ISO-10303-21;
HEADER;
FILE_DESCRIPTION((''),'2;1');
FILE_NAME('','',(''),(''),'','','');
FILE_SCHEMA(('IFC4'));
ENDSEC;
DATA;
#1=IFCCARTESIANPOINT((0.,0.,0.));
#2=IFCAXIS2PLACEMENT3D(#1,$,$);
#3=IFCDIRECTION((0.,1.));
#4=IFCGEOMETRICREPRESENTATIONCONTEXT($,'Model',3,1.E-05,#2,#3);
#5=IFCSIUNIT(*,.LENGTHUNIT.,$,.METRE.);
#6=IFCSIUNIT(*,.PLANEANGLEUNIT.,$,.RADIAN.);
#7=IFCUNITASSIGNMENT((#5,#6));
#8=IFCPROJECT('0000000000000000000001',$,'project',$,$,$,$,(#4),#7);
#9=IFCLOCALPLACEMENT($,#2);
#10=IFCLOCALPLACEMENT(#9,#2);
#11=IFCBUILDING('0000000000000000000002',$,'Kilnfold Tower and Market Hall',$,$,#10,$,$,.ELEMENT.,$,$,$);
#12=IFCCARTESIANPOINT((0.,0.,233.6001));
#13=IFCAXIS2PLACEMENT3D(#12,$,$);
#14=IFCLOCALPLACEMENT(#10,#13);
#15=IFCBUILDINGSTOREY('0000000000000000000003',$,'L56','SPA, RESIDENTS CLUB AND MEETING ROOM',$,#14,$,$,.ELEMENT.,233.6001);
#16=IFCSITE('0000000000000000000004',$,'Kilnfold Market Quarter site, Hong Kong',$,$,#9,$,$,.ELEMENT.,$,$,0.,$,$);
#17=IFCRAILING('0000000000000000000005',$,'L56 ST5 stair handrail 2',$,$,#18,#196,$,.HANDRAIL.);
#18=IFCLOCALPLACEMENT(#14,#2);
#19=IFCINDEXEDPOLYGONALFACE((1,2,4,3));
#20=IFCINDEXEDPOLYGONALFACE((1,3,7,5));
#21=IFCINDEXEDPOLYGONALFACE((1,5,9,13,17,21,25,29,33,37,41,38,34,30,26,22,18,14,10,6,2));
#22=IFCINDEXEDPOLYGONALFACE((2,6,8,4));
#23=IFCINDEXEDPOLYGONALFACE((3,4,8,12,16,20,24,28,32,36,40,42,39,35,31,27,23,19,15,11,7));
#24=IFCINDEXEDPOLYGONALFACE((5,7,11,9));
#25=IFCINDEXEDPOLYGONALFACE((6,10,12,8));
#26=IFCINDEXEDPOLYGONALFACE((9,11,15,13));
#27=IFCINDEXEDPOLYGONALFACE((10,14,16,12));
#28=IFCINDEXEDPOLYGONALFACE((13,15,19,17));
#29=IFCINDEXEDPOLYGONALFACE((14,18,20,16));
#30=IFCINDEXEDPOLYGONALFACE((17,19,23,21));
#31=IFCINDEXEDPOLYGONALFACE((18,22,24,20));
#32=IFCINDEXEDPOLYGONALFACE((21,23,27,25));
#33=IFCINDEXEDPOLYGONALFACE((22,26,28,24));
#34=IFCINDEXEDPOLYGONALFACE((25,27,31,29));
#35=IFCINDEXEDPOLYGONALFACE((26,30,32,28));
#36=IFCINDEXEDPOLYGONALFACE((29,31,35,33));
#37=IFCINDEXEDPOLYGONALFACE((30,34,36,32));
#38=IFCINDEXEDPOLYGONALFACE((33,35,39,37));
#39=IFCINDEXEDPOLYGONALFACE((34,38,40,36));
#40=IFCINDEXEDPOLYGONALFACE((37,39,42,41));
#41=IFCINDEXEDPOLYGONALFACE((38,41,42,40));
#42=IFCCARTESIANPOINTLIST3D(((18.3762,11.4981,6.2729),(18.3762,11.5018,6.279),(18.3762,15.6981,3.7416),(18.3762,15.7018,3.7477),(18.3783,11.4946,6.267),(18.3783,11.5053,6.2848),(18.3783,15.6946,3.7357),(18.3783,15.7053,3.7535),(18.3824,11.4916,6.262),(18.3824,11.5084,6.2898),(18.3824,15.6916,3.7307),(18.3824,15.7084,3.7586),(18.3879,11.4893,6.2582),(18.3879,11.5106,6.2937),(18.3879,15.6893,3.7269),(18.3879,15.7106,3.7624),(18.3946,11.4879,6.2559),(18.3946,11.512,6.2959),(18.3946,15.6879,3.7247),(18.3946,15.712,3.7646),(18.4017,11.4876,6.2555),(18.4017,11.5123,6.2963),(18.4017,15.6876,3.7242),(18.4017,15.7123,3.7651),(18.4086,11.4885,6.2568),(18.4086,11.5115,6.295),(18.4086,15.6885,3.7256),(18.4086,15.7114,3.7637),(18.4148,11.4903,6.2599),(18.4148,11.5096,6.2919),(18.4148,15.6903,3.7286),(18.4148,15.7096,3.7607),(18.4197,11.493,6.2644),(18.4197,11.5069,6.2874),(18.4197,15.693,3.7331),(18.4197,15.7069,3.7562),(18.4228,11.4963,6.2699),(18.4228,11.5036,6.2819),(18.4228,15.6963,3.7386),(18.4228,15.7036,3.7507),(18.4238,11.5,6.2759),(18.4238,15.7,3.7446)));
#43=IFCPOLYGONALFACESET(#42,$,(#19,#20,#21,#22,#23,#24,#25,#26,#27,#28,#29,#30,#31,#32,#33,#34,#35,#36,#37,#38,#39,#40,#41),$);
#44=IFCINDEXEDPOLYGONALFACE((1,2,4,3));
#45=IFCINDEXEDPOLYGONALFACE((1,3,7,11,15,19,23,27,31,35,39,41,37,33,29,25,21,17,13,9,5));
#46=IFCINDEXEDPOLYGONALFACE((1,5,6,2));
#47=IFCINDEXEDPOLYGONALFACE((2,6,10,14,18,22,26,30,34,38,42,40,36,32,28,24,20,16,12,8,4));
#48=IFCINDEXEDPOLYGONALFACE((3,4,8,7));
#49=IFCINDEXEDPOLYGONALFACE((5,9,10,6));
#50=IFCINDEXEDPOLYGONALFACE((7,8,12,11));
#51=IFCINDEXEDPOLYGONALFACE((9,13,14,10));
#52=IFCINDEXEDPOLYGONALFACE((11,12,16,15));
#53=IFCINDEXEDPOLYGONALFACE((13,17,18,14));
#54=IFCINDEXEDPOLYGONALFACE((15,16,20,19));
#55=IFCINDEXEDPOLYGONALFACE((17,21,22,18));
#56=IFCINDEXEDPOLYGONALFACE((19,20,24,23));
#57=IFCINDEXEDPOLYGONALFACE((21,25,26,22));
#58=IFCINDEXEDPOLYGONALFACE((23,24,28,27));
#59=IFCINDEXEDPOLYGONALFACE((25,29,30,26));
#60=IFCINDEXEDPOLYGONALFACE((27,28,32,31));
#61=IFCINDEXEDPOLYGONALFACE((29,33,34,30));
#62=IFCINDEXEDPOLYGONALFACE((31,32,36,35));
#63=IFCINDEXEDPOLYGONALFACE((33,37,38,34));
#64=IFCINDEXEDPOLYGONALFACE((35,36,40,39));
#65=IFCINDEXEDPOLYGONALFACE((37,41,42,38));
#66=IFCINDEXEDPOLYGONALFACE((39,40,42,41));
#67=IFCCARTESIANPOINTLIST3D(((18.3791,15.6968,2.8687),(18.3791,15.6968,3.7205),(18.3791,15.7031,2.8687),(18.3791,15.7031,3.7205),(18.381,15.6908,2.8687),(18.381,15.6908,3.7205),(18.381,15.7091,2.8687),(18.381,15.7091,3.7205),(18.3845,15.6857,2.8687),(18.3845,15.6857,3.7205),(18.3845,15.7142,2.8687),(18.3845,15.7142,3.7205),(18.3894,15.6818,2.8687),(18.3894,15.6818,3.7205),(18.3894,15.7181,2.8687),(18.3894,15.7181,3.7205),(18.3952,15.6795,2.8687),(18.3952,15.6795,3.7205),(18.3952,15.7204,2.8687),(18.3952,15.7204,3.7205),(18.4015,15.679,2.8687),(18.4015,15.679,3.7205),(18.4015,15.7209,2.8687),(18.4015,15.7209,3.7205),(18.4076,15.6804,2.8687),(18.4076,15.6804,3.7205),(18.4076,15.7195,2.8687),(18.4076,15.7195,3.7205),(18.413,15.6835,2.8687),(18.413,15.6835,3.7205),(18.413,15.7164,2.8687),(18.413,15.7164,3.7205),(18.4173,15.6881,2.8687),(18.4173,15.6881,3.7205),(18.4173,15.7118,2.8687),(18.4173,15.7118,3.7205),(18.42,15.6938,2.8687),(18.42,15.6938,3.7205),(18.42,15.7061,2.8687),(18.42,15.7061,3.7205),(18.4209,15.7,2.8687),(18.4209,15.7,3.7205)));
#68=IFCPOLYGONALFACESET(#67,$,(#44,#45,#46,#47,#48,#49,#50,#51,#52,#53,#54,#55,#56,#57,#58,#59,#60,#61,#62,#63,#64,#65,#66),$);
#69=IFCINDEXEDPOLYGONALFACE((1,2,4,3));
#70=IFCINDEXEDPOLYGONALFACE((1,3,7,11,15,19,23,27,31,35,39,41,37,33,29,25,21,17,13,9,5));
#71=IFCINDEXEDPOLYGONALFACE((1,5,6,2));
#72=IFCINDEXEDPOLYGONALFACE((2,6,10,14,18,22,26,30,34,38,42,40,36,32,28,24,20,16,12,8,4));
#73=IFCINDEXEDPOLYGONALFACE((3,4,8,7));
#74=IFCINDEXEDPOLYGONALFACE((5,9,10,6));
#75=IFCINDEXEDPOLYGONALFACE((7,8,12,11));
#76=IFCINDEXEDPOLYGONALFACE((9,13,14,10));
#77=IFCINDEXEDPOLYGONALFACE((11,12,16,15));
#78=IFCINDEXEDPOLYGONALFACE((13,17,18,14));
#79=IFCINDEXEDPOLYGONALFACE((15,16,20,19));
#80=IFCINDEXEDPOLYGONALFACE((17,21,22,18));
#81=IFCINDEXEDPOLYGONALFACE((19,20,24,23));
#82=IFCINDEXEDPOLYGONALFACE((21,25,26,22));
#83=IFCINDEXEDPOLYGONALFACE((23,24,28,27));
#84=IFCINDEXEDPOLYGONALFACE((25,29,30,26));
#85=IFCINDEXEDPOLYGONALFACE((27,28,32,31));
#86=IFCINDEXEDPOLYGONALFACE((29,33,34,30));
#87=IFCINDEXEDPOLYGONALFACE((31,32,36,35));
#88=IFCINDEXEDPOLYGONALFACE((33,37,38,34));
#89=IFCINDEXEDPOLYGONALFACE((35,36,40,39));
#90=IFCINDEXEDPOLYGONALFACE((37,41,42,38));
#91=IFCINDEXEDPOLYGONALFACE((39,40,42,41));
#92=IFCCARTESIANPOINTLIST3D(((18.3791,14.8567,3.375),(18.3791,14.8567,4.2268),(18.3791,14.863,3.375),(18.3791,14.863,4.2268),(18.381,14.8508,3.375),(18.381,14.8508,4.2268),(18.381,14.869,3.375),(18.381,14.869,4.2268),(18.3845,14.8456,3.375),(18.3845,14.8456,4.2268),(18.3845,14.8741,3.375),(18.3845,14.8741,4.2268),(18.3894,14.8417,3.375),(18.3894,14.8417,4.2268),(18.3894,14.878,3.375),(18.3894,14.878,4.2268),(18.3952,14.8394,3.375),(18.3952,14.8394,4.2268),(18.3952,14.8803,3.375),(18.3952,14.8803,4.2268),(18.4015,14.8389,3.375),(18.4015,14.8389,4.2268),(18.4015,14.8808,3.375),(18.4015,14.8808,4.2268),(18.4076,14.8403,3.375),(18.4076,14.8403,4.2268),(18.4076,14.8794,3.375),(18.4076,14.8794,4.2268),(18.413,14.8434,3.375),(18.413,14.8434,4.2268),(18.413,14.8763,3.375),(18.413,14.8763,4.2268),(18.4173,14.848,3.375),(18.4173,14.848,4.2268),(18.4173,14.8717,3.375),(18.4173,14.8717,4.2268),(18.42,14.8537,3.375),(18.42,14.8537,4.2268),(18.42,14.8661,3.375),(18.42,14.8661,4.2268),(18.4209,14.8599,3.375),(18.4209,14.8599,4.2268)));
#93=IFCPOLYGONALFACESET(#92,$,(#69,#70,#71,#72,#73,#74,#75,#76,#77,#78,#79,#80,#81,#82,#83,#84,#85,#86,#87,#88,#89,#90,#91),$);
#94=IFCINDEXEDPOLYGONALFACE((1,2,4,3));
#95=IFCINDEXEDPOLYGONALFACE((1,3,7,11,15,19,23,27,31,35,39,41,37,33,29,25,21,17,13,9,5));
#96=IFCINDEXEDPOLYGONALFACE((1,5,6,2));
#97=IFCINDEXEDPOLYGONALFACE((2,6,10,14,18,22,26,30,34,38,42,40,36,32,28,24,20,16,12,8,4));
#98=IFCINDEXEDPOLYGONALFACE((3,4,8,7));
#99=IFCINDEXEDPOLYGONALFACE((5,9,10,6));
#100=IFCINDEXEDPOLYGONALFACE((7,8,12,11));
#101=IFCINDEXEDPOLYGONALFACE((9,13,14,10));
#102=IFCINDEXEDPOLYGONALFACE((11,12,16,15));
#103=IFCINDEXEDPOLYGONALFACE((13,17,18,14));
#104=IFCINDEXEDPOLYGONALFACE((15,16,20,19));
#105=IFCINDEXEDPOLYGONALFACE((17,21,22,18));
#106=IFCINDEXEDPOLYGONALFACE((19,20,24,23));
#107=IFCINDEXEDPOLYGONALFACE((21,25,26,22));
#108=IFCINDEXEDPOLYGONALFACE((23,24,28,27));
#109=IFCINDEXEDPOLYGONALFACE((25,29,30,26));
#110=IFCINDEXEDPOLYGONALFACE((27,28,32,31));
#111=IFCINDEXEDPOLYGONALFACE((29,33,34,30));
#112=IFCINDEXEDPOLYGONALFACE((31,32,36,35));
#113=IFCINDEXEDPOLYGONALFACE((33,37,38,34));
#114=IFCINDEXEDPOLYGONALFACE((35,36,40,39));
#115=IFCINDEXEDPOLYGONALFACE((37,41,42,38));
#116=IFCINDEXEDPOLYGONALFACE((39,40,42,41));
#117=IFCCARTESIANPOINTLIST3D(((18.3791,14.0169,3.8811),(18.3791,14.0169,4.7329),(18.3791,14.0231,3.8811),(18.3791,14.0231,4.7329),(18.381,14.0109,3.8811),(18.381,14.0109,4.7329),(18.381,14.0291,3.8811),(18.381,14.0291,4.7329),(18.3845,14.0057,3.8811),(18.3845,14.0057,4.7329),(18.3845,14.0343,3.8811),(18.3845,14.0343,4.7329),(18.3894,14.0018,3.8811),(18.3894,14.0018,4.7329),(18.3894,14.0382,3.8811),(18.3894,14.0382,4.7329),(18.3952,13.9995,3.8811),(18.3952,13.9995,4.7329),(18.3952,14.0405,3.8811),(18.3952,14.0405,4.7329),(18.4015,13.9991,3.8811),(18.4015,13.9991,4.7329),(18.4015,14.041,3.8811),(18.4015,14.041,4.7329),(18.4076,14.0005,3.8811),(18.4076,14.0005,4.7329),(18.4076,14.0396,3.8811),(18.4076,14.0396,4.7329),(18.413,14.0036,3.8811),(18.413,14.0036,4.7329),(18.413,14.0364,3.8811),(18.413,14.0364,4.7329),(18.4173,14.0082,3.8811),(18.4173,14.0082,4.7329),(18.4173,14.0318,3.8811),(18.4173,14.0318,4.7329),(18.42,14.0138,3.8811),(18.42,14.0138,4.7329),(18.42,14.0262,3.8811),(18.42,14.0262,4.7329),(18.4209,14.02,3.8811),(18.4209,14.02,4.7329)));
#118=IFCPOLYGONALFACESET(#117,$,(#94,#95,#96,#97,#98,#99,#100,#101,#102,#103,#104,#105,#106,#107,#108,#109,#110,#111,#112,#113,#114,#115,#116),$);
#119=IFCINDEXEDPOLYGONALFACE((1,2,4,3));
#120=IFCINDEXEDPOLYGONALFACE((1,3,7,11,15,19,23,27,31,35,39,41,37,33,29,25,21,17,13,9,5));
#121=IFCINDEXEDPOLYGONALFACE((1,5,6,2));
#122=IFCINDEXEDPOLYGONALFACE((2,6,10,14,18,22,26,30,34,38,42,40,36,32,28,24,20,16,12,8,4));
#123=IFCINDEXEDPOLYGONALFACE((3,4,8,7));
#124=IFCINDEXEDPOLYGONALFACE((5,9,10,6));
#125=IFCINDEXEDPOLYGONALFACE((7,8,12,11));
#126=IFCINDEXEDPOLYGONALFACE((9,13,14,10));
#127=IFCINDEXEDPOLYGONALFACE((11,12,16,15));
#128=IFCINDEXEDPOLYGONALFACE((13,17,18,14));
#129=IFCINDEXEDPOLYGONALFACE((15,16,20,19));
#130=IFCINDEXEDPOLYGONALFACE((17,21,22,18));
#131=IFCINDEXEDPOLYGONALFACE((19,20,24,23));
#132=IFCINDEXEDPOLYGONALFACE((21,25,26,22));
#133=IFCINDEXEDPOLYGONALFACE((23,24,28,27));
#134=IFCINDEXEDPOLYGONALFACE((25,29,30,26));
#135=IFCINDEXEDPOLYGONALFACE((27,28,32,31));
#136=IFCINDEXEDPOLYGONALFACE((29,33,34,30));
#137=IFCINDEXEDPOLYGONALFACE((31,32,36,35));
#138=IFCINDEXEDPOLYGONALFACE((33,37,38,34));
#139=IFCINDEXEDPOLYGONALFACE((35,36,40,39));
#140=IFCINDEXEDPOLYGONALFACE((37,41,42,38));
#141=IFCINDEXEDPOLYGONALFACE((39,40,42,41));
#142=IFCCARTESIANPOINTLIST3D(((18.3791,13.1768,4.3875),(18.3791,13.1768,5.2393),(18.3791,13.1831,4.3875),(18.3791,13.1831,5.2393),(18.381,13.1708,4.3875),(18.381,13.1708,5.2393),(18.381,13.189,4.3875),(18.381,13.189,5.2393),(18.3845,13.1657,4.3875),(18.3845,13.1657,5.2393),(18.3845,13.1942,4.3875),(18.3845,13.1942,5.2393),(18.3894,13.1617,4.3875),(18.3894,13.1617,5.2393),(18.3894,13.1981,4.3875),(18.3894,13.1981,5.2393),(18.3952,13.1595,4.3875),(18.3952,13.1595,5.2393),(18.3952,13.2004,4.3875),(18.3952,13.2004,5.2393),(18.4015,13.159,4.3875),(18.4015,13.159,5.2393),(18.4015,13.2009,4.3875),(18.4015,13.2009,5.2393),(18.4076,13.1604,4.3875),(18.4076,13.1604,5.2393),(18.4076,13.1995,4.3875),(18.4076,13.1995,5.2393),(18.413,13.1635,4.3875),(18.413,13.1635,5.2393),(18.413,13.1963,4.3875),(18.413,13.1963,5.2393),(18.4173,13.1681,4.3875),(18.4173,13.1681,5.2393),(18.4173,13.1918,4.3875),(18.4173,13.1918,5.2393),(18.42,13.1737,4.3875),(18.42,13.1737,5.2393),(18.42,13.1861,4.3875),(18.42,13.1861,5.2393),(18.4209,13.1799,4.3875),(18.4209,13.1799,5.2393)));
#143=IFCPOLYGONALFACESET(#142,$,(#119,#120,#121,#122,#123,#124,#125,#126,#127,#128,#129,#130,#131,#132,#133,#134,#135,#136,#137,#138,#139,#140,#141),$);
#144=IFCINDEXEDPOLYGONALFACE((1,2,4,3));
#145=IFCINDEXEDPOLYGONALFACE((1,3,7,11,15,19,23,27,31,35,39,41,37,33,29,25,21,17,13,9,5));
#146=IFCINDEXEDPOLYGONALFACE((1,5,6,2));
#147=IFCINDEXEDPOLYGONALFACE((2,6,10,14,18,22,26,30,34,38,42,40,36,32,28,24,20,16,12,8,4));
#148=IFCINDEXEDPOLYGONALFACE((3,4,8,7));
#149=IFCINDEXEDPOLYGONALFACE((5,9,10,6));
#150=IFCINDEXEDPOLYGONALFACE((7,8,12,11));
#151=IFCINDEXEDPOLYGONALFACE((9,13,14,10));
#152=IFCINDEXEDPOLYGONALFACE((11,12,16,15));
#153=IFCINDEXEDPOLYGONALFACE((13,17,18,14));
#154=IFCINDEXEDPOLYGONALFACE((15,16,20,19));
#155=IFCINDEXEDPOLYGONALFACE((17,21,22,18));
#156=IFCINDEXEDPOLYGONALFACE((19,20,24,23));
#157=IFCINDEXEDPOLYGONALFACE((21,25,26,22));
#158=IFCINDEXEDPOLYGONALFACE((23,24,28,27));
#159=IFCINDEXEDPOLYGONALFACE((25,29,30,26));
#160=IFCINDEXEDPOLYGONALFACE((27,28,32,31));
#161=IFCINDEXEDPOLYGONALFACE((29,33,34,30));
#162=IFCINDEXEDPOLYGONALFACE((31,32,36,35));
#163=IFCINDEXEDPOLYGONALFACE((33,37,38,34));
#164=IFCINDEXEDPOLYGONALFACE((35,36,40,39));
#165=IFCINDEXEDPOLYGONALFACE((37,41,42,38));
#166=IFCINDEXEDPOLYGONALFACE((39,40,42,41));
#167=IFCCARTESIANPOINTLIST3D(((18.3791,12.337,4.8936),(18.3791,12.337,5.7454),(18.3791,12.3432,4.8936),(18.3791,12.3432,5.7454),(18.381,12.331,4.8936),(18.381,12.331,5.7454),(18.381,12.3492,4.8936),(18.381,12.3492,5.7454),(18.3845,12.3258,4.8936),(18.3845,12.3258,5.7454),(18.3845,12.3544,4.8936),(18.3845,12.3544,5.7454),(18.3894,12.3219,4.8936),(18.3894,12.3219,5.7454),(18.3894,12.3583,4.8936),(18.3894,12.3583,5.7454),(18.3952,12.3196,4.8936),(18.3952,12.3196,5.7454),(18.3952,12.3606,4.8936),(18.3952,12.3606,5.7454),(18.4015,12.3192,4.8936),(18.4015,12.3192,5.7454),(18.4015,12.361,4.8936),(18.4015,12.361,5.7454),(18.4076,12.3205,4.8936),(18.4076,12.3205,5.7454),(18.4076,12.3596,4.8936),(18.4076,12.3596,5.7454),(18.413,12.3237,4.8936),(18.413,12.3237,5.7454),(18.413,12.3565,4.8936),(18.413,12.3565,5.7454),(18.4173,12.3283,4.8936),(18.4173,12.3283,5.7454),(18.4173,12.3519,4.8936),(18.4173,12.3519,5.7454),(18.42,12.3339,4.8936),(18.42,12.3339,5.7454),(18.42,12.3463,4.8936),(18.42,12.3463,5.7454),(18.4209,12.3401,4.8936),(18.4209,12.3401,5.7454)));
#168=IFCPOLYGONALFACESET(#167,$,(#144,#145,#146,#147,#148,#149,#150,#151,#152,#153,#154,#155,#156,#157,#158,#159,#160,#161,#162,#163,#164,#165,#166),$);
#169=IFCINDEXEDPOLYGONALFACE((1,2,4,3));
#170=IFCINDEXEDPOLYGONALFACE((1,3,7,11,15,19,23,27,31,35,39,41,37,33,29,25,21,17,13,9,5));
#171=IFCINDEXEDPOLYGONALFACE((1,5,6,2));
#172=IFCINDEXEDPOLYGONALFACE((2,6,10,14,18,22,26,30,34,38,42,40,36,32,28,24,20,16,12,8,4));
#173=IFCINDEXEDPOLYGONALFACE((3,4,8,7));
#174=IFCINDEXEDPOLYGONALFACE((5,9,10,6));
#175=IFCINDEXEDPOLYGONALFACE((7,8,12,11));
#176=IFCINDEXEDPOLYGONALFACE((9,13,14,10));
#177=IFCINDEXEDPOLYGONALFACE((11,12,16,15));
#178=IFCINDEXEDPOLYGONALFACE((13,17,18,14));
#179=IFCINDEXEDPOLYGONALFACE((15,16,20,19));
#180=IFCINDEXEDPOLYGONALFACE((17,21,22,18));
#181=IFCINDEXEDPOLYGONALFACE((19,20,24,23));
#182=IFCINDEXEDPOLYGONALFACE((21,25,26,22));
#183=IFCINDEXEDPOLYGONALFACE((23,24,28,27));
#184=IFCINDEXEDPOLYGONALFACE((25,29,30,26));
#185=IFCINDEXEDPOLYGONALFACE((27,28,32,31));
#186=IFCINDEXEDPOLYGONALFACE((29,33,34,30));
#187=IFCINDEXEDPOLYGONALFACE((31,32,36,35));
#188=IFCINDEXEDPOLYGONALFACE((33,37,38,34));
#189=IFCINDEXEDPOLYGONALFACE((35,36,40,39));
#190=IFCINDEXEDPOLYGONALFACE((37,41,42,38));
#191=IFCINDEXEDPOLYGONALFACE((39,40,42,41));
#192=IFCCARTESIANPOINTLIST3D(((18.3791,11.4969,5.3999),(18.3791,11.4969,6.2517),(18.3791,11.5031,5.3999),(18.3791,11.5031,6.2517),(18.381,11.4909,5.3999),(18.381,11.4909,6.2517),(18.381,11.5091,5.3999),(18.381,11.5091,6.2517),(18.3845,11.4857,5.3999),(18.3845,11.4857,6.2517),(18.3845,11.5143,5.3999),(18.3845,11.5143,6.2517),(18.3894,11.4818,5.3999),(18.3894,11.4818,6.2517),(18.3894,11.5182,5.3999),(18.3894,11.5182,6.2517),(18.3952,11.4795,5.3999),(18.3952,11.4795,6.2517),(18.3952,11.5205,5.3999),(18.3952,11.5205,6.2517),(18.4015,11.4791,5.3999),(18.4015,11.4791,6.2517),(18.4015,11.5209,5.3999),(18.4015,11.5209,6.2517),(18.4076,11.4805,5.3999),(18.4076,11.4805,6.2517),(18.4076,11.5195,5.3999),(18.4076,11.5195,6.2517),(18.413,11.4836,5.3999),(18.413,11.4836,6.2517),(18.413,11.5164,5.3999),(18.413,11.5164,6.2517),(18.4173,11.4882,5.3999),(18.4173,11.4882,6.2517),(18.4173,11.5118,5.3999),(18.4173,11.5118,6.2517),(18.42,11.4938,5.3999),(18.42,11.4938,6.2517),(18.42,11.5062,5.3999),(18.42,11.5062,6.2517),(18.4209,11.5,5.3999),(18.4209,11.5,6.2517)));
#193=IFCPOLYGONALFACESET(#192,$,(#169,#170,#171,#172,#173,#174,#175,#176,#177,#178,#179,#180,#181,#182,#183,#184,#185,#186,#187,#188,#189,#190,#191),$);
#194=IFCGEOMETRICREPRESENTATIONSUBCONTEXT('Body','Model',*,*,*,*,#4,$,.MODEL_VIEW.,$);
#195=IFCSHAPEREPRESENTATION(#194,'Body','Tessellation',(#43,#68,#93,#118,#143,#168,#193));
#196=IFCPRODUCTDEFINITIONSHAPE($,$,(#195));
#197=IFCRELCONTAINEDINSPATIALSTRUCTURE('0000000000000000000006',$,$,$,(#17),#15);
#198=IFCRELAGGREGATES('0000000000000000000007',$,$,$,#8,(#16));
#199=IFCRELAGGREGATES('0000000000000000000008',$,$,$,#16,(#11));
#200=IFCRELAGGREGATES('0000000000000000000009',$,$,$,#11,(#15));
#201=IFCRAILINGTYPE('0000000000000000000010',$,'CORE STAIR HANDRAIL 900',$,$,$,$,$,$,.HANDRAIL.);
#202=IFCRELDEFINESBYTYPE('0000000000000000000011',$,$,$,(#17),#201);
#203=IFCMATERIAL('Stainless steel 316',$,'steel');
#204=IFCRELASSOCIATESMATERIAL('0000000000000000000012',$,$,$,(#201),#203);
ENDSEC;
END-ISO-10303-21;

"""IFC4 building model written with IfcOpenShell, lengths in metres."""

from ifc_helpers import new_model, si_unit, direction, frame, origin, origin_2d, place, context, subcontext, project, spatial, circle, extrude, material, type_object, element, save


model = new_model("IFC4")

# Units and contexts
model_context = context("Model", 3, precision=1e-05, world=origin(), true_north=direction((0.0, 1.0)))
body_context = subcontext(model_context, "Body", "Model", "MODEL_VIEW")
ifc_project = project(units=[si_unit("LENGTHUNIT", "METRE"), si_unit("PLANEANGLEUNIT", "RADIAN")], contexts=[model_context])

# Site, building, storey
site_placement = place(None, origin())
site = spatial("IfcSite", under=ifc_project, at=site_placement, Name="Kilnfold Market Quarter site, Hong Kong", CompositionType="ELEMENT", RefElevation=0.0)
building_placement = place(site_placement, origin())
building = spatial("IfcBuilding", under=site, at=building_placement, Name="Kilnfold Tower and Market Hall", CompositionType="ELEMENT")
storey_placement = place(building_placement, frame((0.0, 0.0, 233.6001)))
storey = spatial("IfcBuildingStorey", under=building, at=storey_placement, Name="L56", Description="SPA, RESIDENTS CLUB AND MEETING ROOM", CompositionType="ELEMENT", Elevation=233.6001)

# Railing
ifc_material_1 = material(Name="Stainless steel 316", Category="steel")
railing_type_1 = type_object("IfcRailingType", Name="CORE STAIR HANDRAIL 900", PredefinedType="HANDRAIL", material=ifc_material_1)
railing_1_placement = place(storey_placement, frame((18.3999, 15.7, 2.8687)))
element("IfcRailing", 1, at=railing_1_placement, inside=storey, type_object=railing_type_1, Name="L56 ST5 stair handrail 2", PredefinedType="HANDRAIL", context=body_context, shape_type="SweptSolid", body=[
    extrude(circle(Radius=0.0239, at=origin_2d()), frame((0.0, 0.0, 0.876), z_axis=(0.0, -0.856476, 0.516186), x_axis=(1.0, 0.0, 0.0)), (0.0, 0.0, 1.0), 4.9038),
    extrude(circle(Radius=0.021, at=origin_2d()), origin(), (0.0, 0.0, 1.0), 0.8518),
    extrude(circle(Radius=0.021, at=origin_2d()), frame((0.0, -0.8401, 0.5063)), (0.0, 0.0, 1.0), 0.8518),
    extrude(circle(Radius=0.021, at=origin_2d()), frame((0.0, -1.6799, 1.0125)), (0.0, 0.0, 1.0), 0.8518),
    extrude(circle(Radius=0.021, at=origin_2d()), frame((0.0, -2.52, 1.5188)), (0.0, 0.0, 1.0), 0.8518),
    extrude(circle(Radius=0.021, at=origin_2d()), frame((0.0, -3.3599, 2.0249)), (0.0, 0.0, 1.0), 0.8518),
    extrude(circle(Radius=0.021, at=origin_2d()), frame((0.0, -4.2, 2.5312)), (0.0, 0.0, 1.0), 0.8518),
])

save(model, "model.ifc")
